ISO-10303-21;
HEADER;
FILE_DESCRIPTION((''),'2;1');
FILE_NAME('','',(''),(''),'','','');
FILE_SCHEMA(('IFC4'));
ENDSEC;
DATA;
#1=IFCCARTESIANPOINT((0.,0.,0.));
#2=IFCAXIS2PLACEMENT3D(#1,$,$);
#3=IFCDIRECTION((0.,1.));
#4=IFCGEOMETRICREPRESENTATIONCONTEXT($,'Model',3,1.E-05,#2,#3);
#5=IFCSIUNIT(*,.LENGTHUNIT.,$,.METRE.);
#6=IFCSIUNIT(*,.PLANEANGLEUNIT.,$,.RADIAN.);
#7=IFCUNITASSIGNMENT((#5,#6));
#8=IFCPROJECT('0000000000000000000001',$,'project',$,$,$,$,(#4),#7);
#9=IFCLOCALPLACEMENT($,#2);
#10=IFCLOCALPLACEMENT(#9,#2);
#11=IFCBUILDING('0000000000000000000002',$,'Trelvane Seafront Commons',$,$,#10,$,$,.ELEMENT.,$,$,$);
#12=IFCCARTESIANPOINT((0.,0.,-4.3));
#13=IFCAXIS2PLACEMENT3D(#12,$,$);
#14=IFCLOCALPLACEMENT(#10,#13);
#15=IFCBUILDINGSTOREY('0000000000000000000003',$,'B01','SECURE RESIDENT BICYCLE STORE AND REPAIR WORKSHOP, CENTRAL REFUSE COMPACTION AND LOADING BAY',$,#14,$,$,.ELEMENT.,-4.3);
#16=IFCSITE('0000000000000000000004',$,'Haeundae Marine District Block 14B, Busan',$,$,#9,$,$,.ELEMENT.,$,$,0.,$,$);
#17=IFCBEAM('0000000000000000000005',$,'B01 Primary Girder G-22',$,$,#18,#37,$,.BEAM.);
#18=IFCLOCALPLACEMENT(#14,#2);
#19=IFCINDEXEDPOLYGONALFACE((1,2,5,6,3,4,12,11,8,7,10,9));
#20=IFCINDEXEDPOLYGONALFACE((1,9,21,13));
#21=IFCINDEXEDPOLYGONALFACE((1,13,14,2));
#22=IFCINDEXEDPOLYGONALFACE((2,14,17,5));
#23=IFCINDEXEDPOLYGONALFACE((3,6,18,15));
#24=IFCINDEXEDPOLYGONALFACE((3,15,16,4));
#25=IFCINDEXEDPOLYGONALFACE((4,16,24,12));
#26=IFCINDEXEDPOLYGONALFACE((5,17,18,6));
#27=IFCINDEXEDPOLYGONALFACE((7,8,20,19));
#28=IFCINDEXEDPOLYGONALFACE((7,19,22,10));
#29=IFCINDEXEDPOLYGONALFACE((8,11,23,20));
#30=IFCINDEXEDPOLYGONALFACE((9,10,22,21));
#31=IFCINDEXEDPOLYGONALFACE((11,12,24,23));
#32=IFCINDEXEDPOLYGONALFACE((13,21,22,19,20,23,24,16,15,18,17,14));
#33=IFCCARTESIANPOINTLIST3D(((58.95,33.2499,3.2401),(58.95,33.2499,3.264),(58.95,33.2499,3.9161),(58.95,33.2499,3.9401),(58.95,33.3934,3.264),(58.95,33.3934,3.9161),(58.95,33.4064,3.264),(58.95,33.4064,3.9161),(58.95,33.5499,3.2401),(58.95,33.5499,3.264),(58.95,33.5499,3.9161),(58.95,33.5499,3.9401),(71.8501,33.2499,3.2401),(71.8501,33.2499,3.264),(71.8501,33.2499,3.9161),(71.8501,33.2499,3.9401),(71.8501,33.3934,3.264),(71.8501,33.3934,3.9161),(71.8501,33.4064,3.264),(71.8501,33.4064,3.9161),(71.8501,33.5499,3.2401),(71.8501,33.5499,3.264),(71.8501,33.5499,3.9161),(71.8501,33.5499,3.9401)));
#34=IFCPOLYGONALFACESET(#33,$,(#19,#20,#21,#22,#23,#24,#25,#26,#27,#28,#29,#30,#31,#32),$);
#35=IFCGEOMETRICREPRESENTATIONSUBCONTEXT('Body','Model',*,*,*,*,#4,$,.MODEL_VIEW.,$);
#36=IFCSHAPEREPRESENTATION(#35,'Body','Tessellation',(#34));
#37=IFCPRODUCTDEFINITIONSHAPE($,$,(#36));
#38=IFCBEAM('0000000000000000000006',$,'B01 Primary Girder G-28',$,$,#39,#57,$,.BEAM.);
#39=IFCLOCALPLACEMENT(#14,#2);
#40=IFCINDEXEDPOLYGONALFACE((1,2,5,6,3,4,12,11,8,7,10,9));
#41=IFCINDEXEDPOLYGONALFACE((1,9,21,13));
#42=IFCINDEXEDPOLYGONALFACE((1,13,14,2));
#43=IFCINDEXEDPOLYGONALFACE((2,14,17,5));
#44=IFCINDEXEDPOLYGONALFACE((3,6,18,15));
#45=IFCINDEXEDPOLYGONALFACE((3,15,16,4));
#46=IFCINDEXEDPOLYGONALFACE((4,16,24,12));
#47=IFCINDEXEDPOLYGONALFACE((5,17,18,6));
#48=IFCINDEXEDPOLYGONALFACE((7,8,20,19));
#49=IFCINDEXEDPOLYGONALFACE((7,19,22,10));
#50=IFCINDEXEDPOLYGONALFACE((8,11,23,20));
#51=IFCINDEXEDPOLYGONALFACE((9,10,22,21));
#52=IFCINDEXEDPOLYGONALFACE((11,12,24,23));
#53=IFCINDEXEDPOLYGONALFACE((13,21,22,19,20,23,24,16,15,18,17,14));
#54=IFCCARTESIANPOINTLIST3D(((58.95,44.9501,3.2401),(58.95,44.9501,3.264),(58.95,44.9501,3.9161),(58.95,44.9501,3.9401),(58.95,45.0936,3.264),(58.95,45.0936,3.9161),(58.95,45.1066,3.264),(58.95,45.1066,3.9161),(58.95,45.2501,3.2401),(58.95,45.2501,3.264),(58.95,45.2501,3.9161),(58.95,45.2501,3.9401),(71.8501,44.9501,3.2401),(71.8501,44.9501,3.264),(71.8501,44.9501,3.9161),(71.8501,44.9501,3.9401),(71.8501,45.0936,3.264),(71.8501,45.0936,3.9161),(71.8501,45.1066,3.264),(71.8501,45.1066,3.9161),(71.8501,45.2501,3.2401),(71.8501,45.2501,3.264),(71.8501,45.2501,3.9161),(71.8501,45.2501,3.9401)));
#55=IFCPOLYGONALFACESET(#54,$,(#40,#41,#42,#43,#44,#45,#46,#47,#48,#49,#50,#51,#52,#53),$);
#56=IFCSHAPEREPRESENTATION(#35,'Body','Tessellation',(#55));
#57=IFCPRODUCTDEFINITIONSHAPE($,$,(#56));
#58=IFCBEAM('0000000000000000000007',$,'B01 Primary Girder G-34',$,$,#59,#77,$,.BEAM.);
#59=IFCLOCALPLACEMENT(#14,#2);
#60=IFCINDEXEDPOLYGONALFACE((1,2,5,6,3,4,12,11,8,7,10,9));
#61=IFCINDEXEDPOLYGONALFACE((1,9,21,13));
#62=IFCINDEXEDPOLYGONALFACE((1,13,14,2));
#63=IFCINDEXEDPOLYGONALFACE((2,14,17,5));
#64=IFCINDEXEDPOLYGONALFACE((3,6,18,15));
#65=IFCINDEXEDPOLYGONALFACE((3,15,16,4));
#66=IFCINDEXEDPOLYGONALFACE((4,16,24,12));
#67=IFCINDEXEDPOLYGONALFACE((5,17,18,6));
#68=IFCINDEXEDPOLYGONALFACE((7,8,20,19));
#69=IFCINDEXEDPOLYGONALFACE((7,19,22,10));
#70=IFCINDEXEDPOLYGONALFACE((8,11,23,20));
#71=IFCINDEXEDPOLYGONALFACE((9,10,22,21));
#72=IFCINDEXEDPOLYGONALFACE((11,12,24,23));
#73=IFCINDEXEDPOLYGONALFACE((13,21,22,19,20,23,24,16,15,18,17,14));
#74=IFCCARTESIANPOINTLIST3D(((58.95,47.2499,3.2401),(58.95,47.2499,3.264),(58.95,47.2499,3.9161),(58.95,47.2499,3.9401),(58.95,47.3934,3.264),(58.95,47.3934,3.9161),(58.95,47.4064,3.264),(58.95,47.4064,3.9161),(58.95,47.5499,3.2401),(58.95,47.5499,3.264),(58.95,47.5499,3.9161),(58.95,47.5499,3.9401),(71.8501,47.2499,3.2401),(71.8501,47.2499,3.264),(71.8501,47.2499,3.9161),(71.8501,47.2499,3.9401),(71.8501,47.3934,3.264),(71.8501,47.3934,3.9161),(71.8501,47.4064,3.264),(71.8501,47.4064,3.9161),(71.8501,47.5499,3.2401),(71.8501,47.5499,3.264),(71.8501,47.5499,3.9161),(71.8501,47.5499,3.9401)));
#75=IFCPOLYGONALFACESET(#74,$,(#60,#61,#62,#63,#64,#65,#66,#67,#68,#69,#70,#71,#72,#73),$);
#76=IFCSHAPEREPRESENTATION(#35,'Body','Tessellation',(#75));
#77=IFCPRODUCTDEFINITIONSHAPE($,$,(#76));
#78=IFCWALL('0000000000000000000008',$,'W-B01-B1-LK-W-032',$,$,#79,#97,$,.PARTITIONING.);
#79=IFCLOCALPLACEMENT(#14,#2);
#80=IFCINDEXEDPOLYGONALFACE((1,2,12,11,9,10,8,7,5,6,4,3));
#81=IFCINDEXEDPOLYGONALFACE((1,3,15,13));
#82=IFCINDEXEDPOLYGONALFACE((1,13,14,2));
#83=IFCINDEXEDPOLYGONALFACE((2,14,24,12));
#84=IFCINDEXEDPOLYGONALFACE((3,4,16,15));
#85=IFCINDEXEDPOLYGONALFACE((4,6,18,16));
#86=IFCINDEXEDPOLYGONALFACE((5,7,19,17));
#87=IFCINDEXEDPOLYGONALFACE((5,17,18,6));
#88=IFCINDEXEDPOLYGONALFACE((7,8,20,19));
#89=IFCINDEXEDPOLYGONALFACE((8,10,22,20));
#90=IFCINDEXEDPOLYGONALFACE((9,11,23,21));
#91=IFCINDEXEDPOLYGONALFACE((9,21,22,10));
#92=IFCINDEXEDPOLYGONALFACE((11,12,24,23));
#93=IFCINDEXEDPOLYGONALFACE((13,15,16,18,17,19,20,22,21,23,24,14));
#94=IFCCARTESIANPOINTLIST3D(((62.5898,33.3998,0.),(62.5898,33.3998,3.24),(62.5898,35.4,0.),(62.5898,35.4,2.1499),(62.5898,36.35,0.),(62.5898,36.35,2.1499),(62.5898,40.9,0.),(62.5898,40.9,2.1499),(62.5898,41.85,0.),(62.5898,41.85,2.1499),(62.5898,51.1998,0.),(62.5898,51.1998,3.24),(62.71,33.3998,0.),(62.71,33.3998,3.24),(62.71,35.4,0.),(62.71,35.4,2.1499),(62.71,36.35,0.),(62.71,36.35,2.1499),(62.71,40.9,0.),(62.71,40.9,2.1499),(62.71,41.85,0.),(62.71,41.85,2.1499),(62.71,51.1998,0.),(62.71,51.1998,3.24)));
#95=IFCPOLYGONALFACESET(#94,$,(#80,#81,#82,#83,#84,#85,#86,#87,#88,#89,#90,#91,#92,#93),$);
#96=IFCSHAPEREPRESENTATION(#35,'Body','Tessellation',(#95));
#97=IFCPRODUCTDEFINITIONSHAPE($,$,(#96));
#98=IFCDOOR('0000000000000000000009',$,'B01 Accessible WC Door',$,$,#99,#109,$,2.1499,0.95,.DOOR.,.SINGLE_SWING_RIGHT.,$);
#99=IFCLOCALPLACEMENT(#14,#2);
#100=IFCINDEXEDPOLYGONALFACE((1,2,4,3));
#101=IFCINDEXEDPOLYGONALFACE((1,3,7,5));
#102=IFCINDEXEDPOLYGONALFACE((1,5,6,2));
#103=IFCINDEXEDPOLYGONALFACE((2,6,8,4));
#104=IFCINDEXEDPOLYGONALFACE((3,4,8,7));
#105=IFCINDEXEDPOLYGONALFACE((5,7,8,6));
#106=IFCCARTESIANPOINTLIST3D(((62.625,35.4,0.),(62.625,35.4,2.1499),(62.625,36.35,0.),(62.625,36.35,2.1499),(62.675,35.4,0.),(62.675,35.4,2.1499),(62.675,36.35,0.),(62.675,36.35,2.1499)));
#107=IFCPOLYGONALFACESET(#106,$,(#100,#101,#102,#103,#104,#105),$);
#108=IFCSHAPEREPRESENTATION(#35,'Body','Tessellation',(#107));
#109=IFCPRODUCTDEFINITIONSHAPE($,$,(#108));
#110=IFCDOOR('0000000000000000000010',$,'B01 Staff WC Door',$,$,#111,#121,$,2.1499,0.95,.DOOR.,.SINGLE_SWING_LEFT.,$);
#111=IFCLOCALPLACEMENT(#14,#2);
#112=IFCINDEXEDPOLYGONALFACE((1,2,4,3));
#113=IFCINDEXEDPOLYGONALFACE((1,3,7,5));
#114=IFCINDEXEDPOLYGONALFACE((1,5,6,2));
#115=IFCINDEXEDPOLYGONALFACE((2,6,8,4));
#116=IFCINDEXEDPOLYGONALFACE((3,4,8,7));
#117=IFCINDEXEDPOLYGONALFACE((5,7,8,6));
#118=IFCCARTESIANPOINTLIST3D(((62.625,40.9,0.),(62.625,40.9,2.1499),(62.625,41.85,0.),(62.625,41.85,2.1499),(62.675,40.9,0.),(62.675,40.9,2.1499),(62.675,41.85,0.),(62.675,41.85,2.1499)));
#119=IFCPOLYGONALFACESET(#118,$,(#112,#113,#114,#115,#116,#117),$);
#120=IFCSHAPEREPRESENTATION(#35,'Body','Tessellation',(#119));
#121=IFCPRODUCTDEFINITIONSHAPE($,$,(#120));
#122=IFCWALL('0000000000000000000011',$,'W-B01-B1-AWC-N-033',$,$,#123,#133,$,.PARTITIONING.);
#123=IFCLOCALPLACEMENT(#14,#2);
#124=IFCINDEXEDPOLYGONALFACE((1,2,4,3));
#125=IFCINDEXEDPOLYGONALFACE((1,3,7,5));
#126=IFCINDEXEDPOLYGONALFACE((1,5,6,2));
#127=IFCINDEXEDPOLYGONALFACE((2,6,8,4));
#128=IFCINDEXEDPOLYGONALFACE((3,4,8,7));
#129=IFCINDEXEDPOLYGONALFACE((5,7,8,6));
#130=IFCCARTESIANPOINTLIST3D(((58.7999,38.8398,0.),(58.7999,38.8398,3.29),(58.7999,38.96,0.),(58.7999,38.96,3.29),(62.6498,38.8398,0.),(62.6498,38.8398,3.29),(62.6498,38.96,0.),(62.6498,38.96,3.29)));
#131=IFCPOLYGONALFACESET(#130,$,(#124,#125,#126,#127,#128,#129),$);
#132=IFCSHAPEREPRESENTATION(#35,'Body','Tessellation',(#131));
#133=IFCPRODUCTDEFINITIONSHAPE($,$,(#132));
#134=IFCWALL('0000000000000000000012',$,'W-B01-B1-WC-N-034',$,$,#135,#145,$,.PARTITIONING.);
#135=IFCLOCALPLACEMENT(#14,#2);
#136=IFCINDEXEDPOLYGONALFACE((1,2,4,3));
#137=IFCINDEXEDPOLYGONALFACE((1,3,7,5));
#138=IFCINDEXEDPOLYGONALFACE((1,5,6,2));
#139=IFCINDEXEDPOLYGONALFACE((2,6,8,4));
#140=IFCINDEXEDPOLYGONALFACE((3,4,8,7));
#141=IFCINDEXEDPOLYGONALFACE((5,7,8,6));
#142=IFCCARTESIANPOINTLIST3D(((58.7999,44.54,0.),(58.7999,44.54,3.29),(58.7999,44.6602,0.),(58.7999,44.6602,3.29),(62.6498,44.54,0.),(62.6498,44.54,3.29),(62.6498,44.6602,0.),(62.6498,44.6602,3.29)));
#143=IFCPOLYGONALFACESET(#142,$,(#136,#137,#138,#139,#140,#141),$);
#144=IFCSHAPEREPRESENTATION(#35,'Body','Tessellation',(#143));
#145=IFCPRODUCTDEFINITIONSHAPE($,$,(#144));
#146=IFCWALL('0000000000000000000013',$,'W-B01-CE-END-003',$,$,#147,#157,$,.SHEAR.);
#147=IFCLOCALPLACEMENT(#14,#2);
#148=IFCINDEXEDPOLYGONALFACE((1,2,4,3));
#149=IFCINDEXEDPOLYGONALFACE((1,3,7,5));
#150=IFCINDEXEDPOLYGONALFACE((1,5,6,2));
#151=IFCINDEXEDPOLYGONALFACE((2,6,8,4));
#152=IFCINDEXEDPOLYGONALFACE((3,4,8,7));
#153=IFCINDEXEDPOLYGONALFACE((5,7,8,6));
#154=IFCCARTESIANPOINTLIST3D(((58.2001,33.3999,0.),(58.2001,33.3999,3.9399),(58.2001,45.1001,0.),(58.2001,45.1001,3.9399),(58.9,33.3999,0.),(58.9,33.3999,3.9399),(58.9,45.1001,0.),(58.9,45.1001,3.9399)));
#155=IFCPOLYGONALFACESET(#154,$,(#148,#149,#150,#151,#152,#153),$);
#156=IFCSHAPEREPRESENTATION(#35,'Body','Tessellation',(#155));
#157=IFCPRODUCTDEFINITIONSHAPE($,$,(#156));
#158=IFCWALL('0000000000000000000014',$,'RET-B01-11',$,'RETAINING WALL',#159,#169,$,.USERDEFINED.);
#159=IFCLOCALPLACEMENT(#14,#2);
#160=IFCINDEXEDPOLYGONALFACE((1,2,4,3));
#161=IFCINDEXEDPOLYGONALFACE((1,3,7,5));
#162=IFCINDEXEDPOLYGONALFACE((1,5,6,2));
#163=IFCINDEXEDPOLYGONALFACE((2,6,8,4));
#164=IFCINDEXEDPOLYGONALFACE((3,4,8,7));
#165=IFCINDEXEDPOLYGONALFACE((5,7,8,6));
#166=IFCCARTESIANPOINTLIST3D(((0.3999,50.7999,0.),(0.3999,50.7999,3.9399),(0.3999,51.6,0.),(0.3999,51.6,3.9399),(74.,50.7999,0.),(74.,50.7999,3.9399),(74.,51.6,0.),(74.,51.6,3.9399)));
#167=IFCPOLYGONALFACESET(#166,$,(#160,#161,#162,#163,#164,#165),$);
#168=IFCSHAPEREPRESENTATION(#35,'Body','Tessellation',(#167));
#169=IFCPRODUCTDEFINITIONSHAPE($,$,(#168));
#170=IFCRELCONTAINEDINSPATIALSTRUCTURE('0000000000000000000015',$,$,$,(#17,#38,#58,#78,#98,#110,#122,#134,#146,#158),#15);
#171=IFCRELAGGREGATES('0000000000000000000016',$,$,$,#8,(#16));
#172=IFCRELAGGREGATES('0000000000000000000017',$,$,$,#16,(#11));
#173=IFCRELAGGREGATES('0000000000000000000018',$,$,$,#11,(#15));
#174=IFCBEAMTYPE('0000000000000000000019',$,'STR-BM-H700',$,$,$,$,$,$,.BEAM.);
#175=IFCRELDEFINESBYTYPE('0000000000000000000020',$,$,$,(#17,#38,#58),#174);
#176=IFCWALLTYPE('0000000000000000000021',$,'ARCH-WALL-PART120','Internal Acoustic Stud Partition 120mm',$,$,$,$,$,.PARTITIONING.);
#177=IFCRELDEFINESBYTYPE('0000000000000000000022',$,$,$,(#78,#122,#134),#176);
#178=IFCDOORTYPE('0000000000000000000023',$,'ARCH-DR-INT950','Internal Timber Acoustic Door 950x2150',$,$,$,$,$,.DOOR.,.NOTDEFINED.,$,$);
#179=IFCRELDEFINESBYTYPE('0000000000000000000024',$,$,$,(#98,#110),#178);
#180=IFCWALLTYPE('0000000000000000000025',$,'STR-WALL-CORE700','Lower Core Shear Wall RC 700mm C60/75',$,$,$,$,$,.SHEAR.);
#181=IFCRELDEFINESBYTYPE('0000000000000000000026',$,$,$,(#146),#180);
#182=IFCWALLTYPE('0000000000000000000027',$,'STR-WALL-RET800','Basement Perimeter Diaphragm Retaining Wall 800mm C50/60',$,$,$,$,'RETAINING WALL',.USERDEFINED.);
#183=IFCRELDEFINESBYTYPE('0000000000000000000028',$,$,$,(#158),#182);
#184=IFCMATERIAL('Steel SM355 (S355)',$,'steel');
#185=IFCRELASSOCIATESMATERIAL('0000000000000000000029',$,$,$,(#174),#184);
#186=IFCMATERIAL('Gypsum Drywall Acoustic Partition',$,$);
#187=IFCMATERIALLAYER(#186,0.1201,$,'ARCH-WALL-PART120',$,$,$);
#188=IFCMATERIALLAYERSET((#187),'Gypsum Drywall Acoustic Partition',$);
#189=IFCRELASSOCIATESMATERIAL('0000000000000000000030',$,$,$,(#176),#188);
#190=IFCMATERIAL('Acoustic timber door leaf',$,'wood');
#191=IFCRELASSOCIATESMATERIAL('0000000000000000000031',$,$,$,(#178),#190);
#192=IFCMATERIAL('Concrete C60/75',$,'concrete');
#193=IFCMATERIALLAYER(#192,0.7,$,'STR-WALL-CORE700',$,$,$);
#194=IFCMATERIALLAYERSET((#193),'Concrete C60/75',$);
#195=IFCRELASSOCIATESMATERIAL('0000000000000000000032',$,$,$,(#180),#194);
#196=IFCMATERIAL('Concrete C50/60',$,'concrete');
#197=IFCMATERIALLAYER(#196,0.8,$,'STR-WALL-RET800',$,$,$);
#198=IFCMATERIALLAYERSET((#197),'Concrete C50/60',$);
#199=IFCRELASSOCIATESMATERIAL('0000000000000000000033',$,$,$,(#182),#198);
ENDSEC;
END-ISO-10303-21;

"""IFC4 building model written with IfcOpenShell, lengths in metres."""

from ifc_helpers import new_model, si_unit, direction, frame, frame_2d, origin, origin_2d, place, context, subcontext, project, spatial, rectangle, i_section, extrude, source, transform, mapped, material, layer, layer_set, material_profile, profile_set, type_object, element, fill, save


model = new_model("IFC4")

# Units and contexts
model_context = context("Model", 3, precision=1e-05, world=origin(), true_north=direction((0.0, 1.0)))
body_context = subcontext(model_context, "Body", "Model", "MODEL_VIEW")
ifc_project = project(units=[si_unit("LENGTHUNIT", "METRE"), si_unit("PLANEANGLEUNIT", "RADIAN")], contexts=[model_context])

# Site, building, storey
site_placement = place(None, origin())
site = spatial("IfcSite", under=ifc_project, at=site_placement, Name="Haeundae Marine District Block 14B, Busan", CompositionType="ELEMENT", RefElevation=0.0)
building_placement = place(site_placement, origin())
building = spatial("IfcBuilding", under=site, at=building_placement, Name="Trelvane Seafront Commons", CompositionType="ELEMENT")
storey_placement = place(building_placement, frame((0.0, 0.0, -4.3)))
storey = spatial("IfcBuildingStorey", under=building, at=storey_placement, Name="B01", Description="SECURE RESIDENT BICYCLE STORE AND REPAIR WORKSHOP, CENTRAL REFUSE COMPACTION AND LOADING BAY", CompositionType="ELEMENT", Elevation=-4.3)

# Shared definitions
ifc_material_1 = material(Name="Concrete C50/60", Category="concrete")
ifc_material_2 = material(Name="Concrete C60/75", Category="concrete")

# Beams
ifc_material_3 = material(Name="Steel SM355 (S355)", Category="steel")
ifc_material_profile_1 = material_profile(ifc_material_3, i_section(OverallWidth=0.3, OverallDepth=0.7, WebThickness=0.0129, FlangeThickness=0.0239, at=origin_2d()), Name="H-700x300x13x24")
ifc_profile_set_1 = profile_set([ifc_material_profile_1], Name="Steel SM355 (S355)")
beam_type_1 = type_object("IfcBeamType", Name="STR-BM-H700", PredefinedType="BEAM", material=ifc_profile_set_1)
shared_shape_1 = source(origin(), body_context, "Body", "SweptSolid", [
    extrude(i_section(OverallWidth=0.3, OverallDepth=0.7, WebThickness=0.0129, FlangeThickness=0.0239, at=origin_2d()), origin(), (0.0, 0.0, 1.0), 12.9001),
])
for number, where, z_axis, x_axis, name in (
    (1, (58.95, 33.3999, 3.5901), (1.0, 0.0, 0.0), (0.0, 1.0, 0.0), "B01 Primary Girder G-22"),
    (2, (58.95, 45.1001, 3.5901), (1.0, 0.0, 0.0), (0.0, 1.0, 0.0), "B01 Primary Girder G-28"),
    (3, (58.95, 47.3999, 3.5901), (1.0, 0.0, 0.0), (0.0, 1.0, 0.0), "B01 Primary Girder G-34"),
):
    element("IfcBeam", number, at=place(storey_placement, frame(where, z_axis=z_axis, x_axis=x_axis)), inside=storey, type_object=beam_type_1, Name=name, PredefinedType="BEAM", context=body_context, shape_type="MappedRepresentation", body=[
        mapped(shared_shape_1, transform((0.0, 0.0, 0.0), x_axis=(1.0, 0.0, 0.0), y_axis=(0.0, 1.0, 0.0), z_axis=(0.0, 0.0, 1.0), scale=1.0)),
    ])

# Wall, openings, doors
ifc_material_4 = material(Name="Gypsum Drywall Acoustic Partition")
ifc_layer_1 = layer(ifc_material_4, 0.1201, Name="ARCH-WALL-PART120")
ifc_layer_set_1 = layer_set([ifc_layer_1], Name="Gypsum Drywall Acoustic Partition")
wall_type_1 = type_object("IfcWallType", Name="ARCH-WALL-PART120", Description="Internal Acoustic Stud Partition 120mm", PredefinedType="PARTITIONING", material=ifc_layer_set_1)
wall_1_placement = place(storey_placement, frame((62.6499, 33.3999, 0.0), z_axis=(0.0, 0.0, 1.0), x_axis=(0.0, 1.0, 0.0)))
wall_1 = element("IfcWall", 4, at=wall_1_placement, inside=storey, type_object=wall_type_1, Name="W-B01-B1-LK-W-032", PredefinedType="PARTITIONING", context=body_context, shape_type="SweptSolid", body=[
    extrude(rectangle(XDim=17.8, YDim=0.1201, at=frame_2d((8.8999, 0.0))), origin(), (0.0, 0.0, 1.0), 3.24),
])
opening_1_placement = place(wall_1_placement, frame((2.0, 0.0, 0.0)))
opening_1 = element("IfcOpeningElement", 5, at=opening_1_placement, cuts=wall_1, PredefinedType="OPENING", context=body_context, shape_type="SweptSolid", body=[
    extrude(rectangle(XDim=0.95, YDim=2.1499, at=frame_2d((0.4751, 1.075))), frame((0.0, 0.0701, 0.0), z_axis=(0.0, -1.0, 0.0), x_axis=(1.0, 0.0, 0.0)), (0.0, 0.0, 1.0), 0.1401),
])
opening_2_placement = place(wall_1_placement, frame((7.5, 0.0, 0.0)))
opening_2 = element("IfcOpeningElement", 6, at=opening_2_placement, cuts=wall_1, PredefinedType="OPENING", context=body_context, shape_type="SweptSolid", body=[
    extrude(rectangle(XDim=0.95, YDim=2.1499, at=frame_2d((0.4751, 1.075))), frame((0.0, 0.0701, 0.0), z_axis=(0.0, -1.0, 0.0), x_axis=(1.0, 0.0, 0.0)), (0.0, 0.0, 1.0), 0.1401),
])
ifc_material_5 = material(Name="Acoustic timber door leaf", Category="wood")
door_type = type_object("IfcDoorType", Name="ARCH-DR-INT950", Description="Internal Timber Acoustic Door 950x2150", OperationType="NOTDEFINED", PredefinedType="DOOR", material=ifc_material_5)
shared_shape_2 = source(origin(), body_context, "Body", "SweptSolid", [
    extrude(rectangle(XDim=0.95, YDim=2.1499, at=frame_2d((0.4751, 1.075))), frame((0.0, 0.0249, 0.0), z_axis=(0.0, -1.0, 0.0), x_axis=(1.0, 0.0, 0.0)), (0.0, 0.0, 1.0), 0.05),
])
door_1_placement = place(opening_1_placement, origin())
door_1 = element("IfcDoor", 7, at=door_1_placement, inside=storey, type_object=door_type, Name="B01 Accessible WC Door", OperationType="SINGLE_SWING_RIGHT", OverallHeight=2.1499, OverallWidth=0.95, PredefinedType="DOOR", context=body_context, shape_type="MappedRepresentation", body=[
    mapped(shared_shape_2, transform((0.0, 0.0, 0.0), x_axis=(1.0, 0.0, 0.0), y_axis=(0.0, 1.0, 0.0), z_axis=(0.0, 0.0, 1.0), scale=1.0)),
])
fill(opening_1, door_1)
door_2_placement = place(opening_2_placement, origin())
door_2 = element("IfcDoor", 8, at=door_2_placement, inside=storey, type_object=door_type, Name="B01 Staff WC Door", OperationType="SINGLE_SWING_LEFT", OverallHeight=2.1499, OverallWidth=0.95, PredefinedType="DOOR", context=body_context, shape_type="MappedRepresentation", body=[
    mapped(shared_shape_2, transform((0.0, 0.0, 0.0), x_axis=(1.0, 0.0, 0.0), y_axis=(0.0, 1.0, 0.0), z_axis=(0.0, 0.0, 1.0), scale=1.0)),
])
fill(opening_2, door_2)

# Walls
for number, where, z_axis, x_axis, name in (
    (9, (58.8, 38.8999, 0.0), (0.0, 0.0, 1.0), (1.0, 0.0, 0.0), "W-B01-B1-AWC-N-033"),
    (10, (58.8, 44.6001, 0.0), (0.0, 0.0, 1.0), (1.0, 0.0, 0.0), "W-B01-B1-WC-N-034"),
):
    element("IfcWall", number, at=place(storey_placement, frame(where, z_axis=z_axis, x_axis=x_axis)), inside=storey, type_object=wall_type_1, Name=name, PredefinedType="PARTITIONING", context=body_context, shape_type="SweptSolid", body=[
        extrude(rectangle(XDim=3.8499, YDim=0.1201, at=frame_2d((1.9248, 0.0))), origin(), (0.0, 0.0, 1.0), 3.29),
    ])
ifc_layer_2 = layer(ifc_material_2, 0.7, Name="STR-WALL-CORE700")
ifc_layer_set_2 = layer_set([ifc_layer_2], Name="Concrete C60/75")
wall_type_2 = type_object("IfcWallType", Name="STR-WALL-CORE700", Description="Lower Core Shear Wall RC 700mm C60/75", PredefinedType="SHEAR", material=ifc_layer_set_2)
wall_2_placement = place(storey_placement, frame((58.55, 33.3999, 0.0), z_axis=(0.0, 0.0, 1.0), x_axis=(0.0, 1.0, 0.0)))
element("IfcWall", 11, at=wall_2_placement, inside=storey, type_object=wall_type_2, Name="W-B01-CE-END-003", PredefinedType="SHEAR", context=body_context, shape_type="SweptSolid", body=[
    extrude(rectangle(XDim=11.7002, YDim=0.7, at=frame_2d((5.8501, 0.0))), origin(), (0.0, 0.0, 1.0), 3.9399),
])
ifc_layer_3 = layer(ifc_material_1, 0.8, Name="STR-WALL-RET800")
ifc_layer_set_3 = layer_set([ifc_layer_3], Name="Concrete C50/60")
wall_type_3 = type_object("IfcWallType", Name="STR-WALL-RET800", Description="Basement Perimeter Diaphragm Retaining Wall 800mm C50/60", ElementType="RETAINING WALL", PredefinedType="USERDEFINED", material=ifc_layer_set_3)
wall_3_placement = place(storey_placement, frame((74.0, 51.2, 0.0), z_axis=(0.0, 0.0, 1.0), x_axis=(-1.0, 0.0, 0.0)))
element("IfcWall", 12, at=wall_3_placement, inside=storey, type_object=wall_type_3, Name="RET-B01-11", ObjectType="RETAINING WALL", PredefinedType="USERDEFINED", context=body_context, shape_type="SweptSolid", body=[
    extrude(rectangle(XDim=73.6001, YDim=0.8, at=frame_2d((36.8, 0.0))), origin(), (0.0, 0.0, 1.0), 3.9399),
])

save(model, "model.ifc")
